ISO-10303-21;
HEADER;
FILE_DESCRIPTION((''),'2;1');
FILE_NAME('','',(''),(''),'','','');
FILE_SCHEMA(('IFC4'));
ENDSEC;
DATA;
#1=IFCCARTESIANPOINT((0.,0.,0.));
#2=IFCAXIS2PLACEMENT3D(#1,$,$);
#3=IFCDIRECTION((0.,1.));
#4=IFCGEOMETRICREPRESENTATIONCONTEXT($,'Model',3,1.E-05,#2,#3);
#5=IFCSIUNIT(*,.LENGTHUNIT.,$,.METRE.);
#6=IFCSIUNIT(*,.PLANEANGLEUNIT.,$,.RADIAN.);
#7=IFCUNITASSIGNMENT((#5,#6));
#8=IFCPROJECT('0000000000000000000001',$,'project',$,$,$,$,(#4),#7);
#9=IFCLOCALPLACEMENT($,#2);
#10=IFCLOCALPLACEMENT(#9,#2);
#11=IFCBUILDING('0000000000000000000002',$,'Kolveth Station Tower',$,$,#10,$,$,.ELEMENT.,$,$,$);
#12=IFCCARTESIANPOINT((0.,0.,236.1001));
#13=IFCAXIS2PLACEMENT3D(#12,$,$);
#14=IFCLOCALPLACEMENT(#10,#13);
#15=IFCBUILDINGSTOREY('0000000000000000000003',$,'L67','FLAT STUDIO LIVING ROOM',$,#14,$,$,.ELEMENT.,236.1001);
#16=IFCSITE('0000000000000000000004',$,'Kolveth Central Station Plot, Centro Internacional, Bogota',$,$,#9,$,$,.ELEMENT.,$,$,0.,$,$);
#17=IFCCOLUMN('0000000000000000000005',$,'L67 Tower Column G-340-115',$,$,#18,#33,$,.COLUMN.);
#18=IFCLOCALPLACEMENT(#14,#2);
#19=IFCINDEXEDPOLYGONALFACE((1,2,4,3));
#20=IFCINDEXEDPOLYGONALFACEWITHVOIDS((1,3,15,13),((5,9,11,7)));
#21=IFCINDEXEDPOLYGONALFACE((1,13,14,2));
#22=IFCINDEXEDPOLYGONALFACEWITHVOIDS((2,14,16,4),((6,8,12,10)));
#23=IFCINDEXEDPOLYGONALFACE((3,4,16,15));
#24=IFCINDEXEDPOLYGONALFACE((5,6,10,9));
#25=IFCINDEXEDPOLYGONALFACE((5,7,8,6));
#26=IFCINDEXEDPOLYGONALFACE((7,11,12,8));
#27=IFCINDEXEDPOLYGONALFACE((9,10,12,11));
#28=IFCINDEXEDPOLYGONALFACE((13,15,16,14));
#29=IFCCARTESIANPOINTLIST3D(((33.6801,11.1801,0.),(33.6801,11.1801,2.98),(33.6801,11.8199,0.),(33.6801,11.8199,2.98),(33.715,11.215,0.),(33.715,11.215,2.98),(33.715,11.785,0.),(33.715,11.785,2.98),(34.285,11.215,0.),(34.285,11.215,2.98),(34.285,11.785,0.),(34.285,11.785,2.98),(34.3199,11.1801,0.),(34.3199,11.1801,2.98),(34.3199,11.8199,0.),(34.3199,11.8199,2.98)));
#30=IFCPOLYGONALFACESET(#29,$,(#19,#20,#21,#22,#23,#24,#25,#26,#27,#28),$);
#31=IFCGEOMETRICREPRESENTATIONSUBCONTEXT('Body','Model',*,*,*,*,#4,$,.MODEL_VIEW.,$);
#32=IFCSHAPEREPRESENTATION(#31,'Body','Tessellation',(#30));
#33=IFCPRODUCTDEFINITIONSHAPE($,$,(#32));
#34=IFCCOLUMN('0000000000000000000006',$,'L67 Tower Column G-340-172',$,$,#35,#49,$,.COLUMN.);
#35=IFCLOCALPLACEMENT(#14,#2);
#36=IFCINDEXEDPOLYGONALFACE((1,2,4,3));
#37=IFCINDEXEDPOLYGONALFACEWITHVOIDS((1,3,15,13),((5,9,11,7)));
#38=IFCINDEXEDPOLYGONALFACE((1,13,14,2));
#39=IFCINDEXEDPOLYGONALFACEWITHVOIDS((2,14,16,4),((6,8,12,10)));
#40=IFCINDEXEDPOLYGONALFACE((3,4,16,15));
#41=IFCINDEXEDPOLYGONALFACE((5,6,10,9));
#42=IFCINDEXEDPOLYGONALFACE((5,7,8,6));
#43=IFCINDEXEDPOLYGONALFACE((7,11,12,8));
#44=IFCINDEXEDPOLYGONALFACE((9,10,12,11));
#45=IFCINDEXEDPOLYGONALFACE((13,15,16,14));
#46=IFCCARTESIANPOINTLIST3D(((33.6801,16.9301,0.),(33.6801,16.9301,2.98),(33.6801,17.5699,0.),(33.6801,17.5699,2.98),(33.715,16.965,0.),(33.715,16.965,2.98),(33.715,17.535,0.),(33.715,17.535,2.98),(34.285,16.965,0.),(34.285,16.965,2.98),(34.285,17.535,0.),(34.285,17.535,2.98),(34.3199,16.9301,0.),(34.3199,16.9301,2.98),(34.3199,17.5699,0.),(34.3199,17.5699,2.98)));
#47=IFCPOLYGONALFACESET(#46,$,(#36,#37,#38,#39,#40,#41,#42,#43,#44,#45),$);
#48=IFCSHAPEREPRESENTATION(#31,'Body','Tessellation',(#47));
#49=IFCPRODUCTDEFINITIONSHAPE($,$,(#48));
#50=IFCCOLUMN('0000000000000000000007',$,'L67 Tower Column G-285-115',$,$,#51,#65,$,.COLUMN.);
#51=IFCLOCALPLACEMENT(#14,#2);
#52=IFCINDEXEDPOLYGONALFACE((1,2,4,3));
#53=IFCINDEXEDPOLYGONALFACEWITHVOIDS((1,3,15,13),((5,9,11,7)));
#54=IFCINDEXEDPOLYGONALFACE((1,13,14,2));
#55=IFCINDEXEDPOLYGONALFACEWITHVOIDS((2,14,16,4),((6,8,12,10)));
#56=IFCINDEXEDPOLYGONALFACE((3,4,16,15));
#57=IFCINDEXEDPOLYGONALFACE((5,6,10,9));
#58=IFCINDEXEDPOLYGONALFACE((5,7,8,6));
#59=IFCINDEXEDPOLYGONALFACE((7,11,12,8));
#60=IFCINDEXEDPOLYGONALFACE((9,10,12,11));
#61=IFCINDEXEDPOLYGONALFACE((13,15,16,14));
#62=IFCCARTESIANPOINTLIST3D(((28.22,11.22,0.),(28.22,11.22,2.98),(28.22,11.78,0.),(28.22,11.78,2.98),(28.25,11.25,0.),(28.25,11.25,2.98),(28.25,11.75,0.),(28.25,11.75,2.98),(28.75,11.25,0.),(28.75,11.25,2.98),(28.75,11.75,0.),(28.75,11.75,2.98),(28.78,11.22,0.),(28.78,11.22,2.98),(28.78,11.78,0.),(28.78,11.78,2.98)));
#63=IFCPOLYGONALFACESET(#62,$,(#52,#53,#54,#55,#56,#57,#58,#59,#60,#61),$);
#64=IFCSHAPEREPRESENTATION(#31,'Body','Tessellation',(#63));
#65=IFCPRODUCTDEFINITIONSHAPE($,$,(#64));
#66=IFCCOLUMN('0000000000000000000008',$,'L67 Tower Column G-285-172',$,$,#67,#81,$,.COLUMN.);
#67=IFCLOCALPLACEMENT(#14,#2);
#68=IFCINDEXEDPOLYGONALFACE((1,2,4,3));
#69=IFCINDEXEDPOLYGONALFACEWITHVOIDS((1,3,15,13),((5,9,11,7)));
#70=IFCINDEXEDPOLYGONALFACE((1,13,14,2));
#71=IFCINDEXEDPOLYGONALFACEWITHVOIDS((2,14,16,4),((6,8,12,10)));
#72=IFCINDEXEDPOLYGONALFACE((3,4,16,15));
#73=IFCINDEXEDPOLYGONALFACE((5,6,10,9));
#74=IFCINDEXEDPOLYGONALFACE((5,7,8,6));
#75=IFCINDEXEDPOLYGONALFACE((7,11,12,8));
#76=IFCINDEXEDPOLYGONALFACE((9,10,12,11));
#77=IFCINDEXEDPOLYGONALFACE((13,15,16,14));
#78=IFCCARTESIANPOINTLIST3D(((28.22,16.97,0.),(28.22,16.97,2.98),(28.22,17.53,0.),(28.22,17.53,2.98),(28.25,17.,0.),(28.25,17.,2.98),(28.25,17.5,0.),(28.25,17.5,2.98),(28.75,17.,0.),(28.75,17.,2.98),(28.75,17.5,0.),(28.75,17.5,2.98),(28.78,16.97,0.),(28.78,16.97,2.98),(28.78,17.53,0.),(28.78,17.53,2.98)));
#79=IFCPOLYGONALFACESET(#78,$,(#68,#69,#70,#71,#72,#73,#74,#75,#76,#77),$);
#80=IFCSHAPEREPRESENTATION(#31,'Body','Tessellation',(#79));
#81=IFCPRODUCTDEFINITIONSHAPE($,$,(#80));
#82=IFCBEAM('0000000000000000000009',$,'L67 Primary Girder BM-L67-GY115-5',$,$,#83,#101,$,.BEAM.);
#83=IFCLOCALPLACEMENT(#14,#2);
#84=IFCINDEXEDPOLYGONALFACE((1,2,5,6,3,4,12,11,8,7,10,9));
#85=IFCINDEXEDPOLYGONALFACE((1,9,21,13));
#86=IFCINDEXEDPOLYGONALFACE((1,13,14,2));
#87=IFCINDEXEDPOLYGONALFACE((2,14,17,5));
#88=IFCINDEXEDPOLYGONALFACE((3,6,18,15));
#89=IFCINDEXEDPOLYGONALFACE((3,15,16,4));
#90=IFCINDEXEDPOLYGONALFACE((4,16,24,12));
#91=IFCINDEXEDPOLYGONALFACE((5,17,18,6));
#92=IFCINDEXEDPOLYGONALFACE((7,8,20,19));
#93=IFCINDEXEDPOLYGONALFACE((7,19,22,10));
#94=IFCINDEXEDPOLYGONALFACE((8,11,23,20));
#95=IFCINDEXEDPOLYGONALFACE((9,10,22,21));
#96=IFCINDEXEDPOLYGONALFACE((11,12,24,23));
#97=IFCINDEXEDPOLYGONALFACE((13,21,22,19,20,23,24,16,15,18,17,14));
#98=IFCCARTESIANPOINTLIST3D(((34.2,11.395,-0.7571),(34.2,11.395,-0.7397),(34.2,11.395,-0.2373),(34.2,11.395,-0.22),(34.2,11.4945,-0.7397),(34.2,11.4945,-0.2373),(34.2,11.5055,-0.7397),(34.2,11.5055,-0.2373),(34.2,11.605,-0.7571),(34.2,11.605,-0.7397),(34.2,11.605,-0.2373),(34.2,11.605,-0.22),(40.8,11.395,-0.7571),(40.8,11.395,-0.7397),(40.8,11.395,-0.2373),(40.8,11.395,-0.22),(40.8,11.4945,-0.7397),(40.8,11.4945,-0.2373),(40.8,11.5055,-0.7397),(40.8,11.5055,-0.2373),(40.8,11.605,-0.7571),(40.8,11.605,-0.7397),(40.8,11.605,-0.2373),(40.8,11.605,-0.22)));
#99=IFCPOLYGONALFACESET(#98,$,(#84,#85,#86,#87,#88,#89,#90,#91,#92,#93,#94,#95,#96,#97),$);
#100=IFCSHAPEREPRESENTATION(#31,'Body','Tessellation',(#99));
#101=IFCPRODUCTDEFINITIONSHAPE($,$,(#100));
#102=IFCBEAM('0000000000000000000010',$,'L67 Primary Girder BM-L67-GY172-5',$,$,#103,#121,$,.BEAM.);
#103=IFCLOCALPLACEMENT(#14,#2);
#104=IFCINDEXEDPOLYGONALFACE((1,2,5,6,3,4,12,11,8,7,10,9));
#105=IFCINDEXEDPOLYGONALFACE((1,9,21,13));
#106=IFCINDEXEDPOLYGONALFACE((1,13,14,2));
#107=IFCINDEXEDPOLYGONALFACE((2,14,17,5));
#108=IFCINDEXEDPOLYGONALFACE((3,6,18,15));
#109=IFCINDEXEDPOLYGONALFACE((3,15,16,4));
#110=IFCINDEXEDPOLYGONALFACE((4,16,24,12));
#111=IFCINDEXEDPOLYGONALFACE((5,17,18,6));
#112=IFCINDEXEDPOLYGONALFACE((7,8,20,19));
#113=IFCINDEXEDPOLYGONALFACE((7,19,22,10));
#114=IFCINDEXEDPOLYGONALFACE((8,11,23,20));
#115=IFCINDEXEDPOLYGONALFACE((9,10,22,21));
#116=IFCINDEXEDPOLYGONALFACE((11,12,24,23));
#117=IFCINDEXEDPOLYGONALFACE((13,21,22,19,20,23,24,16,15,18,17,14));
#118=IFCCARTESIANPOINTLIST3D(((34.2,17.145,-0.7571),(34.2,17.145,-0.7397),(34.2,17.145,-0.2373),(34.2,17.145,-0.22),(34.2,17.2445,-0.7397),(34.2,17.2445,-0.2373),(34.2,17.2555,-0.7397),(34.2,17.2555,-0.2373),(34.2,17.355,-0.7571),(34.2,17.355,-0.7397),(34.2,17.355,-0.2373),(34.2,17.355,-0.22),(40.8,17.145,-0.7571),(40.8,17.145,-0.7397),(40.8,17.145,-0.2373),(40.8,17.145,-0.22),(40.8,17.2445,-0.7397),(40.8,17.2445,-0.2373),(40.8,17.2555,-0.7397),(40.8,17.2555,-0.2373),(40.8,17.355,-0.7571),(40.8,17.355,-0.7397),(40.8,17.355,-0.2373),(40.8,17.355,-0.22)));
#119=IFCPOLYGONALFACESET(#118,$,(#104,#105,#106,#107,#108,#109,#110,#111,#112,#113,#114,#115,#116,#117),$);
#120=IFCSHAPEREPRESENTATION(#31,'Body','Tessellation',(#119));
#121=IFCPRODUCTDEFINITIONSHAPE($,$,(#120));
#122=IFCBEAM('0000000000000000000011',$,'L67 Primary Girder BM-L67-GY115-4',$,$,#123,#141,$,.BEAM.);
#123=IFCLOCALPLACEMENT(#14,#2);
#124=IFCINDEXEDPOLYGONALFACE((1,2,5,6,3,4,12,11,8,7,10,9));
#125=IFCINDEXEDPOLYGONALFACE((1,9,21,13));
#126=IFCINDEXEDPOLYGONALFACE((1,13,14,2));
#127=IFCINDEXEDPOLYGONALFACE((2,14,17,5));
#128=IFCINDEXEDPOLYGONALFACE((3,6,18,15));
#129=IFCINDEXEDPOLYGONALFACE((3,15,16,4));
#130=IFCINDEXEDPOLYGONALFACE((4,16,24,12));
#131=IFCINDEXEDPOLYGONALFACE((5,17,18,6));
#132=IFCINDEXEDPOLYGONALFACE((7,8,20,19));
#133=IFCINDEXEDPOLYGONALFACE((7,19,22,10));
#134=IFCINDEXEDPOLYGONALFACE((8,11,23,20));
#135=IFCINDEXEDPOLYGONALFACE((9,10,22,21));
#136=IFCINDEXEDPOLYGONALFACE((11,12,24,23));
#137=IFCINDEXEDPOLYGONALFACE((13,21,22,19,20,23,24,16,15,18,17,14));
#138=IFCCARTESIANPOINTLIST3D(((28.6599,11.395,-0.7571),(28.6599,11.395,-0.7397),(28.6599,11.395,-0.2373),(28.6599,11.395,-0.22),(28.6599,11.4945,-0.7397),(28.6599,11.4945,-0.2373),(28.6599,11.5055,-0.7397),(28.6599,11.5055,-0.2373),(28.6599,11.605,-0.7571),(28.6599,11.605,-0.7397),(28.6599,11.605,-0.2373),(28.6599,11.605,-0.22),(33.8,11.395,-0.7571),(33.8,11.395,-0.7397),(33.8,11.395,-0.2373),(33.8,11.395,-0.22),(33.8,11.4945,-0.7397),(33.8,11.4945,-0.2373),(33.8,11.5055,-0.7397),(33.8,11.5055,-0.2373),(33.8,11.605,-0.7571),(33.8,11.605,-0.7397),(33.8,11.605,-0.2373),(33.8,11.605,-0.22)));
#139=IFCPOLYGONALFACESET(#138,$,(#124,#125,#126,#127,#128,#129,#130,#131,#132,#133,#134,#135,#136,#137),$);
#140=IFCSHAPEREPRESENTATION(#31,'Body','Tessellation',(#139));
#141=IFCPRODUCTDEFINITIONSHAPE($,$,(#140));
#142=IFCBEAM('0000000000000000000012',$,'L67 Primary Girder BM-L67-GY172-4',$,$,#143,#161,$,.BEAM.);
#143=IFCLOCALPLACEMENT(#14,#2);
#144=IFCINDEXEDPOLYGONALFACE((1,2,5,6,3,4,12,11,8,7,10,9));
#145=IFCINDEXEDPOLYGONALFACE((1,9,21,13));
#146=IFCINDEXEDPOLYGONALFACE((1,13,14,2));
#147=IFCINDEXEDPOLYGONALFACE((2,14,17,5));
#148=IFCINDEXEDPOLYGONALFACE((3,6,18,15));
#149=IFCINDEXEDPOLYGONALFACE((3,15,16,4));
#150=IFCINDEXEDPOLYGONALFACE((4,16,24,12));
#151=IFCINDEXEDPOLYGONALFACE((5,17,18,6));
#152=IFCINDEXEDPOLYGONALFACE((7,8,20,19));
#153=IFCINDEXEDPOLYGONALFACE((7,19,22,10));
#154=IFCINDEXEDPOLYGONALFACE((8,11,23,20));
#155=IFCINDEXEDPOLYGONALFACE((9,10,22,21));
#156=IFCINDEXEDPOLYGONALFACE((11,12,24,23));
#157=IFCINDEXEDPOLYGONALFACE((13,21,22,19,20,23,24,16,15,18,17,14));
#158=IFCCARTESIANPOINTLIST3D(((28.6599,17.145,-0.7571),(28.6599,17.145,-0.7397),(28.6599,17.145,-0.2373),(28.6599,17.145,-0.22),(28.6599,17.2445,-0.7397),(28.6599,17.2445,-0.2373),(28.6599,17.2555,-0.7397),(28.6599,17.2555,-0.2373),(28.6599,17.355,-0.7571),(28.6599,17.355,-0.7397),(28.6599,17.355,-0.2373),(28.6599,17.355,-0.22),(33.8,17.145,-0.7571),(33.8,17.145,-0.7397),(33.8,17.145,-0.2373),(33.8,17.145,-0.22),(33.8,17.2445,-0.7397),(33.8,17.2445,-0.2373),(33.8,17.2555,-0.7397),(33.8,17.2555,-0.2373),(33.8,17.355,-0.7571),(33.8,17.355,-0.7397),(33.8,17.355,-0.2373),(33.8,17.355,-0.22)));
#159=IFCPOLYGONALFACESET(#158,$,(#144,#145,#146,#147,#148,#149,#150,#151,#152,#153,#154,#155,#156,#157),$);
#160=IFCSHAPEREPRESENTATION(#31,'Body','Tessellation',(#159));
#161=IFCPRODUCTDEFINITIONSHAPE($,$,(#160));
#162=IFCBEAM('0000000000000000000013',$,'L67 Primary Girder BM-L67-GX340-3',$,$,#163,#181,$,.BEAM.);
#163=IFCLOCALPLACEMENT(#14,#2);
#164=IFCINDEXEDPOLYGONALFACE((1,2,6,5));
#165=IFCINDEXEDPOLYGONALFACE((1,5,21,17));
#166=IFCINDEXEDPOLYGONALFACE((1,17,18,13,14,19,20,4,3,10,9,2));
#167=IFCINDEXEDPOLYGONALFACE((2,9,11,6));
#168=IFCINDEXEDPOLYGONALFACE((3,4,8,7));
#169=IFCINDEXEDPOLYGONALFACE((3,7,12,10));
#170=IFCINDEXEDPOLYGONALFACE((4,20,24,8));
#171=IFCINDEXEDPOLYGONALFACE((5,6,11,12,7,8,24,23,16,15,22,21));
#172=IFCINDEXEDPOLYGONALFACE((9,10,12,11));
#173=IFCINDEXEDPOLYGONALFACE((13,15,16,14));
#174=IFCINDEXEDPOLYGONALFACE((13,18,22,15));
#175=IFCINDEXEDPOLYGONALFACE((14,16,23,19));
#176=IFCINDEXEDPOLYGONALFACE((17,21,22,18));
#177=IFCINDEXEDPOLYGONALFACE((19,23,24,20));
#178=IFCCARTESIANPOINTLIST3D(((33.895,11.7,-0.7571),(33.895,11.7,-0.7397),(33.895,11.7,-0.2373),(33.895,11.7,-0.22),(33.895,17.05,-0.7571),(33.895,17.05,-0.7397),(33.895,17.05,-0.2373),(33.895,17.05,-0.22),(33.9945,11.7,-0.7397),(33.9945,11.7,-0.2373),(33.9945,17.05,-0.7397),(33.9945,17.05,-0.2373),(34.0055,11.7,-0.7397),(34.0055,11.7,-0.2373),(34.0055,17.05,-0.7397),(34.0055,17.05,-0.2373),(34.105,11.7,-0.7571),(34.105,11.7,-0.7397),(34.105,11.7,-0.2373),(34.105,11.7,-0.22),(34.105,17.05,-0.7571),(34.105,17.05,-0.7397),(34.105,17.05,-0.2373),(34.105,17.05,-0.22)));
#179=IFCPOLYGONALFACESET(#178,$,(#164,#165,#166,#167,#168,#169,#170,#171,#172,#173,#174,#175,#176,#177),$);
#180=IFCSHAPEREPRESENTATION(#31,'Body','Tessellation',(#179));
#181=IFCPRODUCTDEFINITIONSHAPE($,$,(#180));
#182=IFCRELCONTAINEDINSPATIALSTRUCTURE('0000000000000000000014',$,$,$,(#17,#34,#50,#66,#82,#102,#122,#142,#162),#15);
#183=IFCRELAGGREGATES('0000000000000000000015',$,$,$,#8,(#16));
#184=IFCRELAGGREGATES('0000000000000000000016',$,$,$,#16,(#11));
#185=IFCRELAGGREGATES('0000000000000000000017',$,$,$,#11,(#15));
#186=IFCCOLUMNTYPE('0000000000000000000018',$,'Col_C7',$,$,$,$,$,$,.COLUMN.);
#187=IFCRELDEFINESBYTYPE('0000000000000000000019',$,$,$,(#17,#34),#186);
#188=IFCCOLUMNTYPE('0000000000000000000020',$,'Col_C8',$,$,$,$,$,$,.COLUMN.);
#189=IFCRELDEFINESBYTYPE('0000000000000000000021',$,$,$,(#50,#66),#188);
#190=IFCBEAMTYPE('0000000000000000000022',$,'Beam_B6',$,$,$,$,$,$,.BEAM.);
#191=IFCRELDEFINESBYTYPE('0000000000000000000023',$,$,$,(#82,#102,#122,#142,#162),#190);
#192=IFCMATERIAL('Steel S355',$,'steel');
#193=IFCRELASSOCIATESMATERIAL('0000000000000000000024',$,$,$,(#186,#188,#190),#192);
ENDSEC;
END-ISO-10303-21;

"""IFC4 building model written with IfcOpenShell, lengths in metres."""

from ifc_helpers import new_model, si_unit, direction, frame, origin, origin_2d, place, context, subcontext, project, spatial, hollow_rectangle, i_section, extrude, source, transform, mapped, material, material_profile, profile_set, type_object, element, save


model = new_model("IFC4")

# Units and contexts
model_context = context("Model", 3, precision=1e-05, world=origin(), true_north=direction((0.0, 1.0)))
body_context = subcontext(model_context, "Body", "Model", "MODEL_VIEW")
ifc_project = project(units=[si_unit("LENGTHUNIT", "METRE"), si_unit("PLANEANGLEUNIT", "RADIAN")], contexts=[model_context])

# Site, building, storey
site_placement = place(None, origin())
site = spatial("IfcSite", under=ifc_project, at=site_placement, Name="Kolveth Central Station Plot, Centro Internacional, Bogota", CompositionType="ELEMENT", RefElevation=0.0)
building_placement = place(site_placement, origin())
building = spatial("IfcBuilding", under=site, at=building_placement, Name="Kolveth Station Tower", CompositionType="ELEMENT")
storey_placement = place(building_placement, frame((0.0, 0.0, 236.1001)))
storey = spatial("IfcBuildingStorey", under=building, at=storey_placement, Name="L67", Description="FLAT STUDIO LIVING ROOM", CompositionType="ELEMENT", Elevation=236.1001)

# Columns
ifc_material_1 = material(Name="Steel S355", Category="steel")
ifc_material_profile_1 = material_profile(ifc_material_1, hollow_rectangle(XDim=0.6399, YDim=0.6399, WallThickness=0.0349, at=origin_2d()), Name="BOX640x640x35")
ifc_profile_set_1 = profile_set([ifc_material_profile_1], Name="Steel S355")
column_type_1 = type_object("IfcColumnType", Name="Col_C7", PredefinedType="COLUMN", material=ifc_profile_set_1)
shared_shape_1 = source(origin(), body_context, "Body", "SweptSolid", [
    extrude(hollow_rectangle(XDim=0.6399, YDim=0.6399, WallThickness=0.0349, at=origin_2d()), origin(), (0.0, 0.0, 1.0), 2.98),
])
for number, where, z_axis, x_axis, name in (
    (1, (34.0, 11.5, 0.0), (0.0, 0.0, 1.0), (1.0, 0.0, 0.0), "L67 Tower Column G-340-115"),
    (2, (34.0, 17.25, 0.0), (0.0, 0.0, 1.0), (1.0, 0.0, 0.0), "L67 Tower Column G-340-172"),
):
    element("IfcColumn", number, at=place(storey_placement, frame(where, z_axis=z_axis, x_axis=x_axis)), inside=storey, type_object=column_type_1, Name=name, PredefinedType="COLUMN", context=body_context, shape_type="MappedRepresentation", body=[
        mapped(shared_shape_1, transform((0.0, 0.0, 0.0), x_axis=(1.0, 0.0, 0.0), y_axis=(0.0, 1.0, 0.0), z_axis=(0.0, 0.0, 1.0), scale=1.0)),
    ])
ifc_material_profile_2 = material_profile(ifc_material_1, hollow_rectangle(XDim=0.5601, YDim=0.5601, WallThickness=0.03, at=origin_2d()), Name="BOX560x560x30")
ifc_profile_set_2 = profile_set([ifc_material_profile_2], Name="Steel S355")
column_type_2 = type_object("IfcColumnType", Name="Col_C8", PredefinedType="COLUMN", material=ifc_profile_set_2)
shared_shape_2 = source(origin(), body_context, "Body", "SweptSolid", [
    extrude(hollow_rectangle(XDim=0.5601, YDim=0.5601, WallThickness=0.03, at=origin_2d()), origin(), (0.0, 0.0, 1.0), 2.98),
])
for number, where, z_axis, x_axis, name in (
    (3, (28.5, 11.5, 0.0), (0.0, 0.0, 1.0), (1.0, 0.0, 0.0), "L67 Tower Column G-285-115"),
    (4, (28.5, 17.25, 0.0), (0.0, 0.0, 1.0), (1.0, 0.0, 0.0), "L67 Tower Column G-285-172"),
):
    element("IfcColumn", number, at=place(storey_placement, frame(where, z_axis=z_axis, x_axis=x_axis)), inside=storey, type_object=column_type_2, Name=name, PredefinedType="COLUMN", context=body_context, shape_type="MappedRepresentation", body=[
        mapped(shared_shape_2, transform((0.0, 0.0, 0.0), x_axis=(1.0, 0.0, 0.0), y_axis=(0.0, 1.0, 0.0), z_axis=(0.0, 0.0, 1.0), scale=1.0)),
    ])

# Beams
ifc_material_profile_3 = material_profile(ifc_material_1, i_section(OverallWidth=0.21, OverallDepth=0.5371, WebThickness=0.011, FlangeThickness=0.0173, at=origin_2d()), Name="W530x101")
ifc_profile_set_3 = profile_set([ifc_material_profile_3], Name="Steel S355")
beam_type_1 = type_object("IfcBeamType", Name="Beam_B6", PredefinedType="BEAM", material=ifc_profile_set_3)
shared_shape_3 = source(origin(), body_context, "Body", "SweptSolid", [
    extrude(i_section(OverallWidth=0.21, OverallDepth=0.5371, WebThickness=0.011, FlangeThickness=0.0173, at=origin_2d()), origin(), (0.0, 0.0, 1.0), 6.6001),
])
for number, where, z_axis, x_axis, name in (
    (5, (34.2, 11.5, -0.4885), (1.0, 0.0, 0.0), (0.0, 1.0, 0.0), "L67 Primary Girder BM-L67-GY115-5"),
    (6, (34.2, 17.25, -0.4885), (1.0, 0.0, 0.0), (0.0, 1.0, 0.0), "L67 Primary Girder BM-L67-GY172-5"),
):
    element("IfcBeam", number, at=place(storey_placement, frame(where, z_axis=z_axis, x_axis=x_axis)), inside=storey, type_object=beam_type_1, Name=name, PredefinedType="BEAM", context=body_context, shape_type="MappedRepresentation", body=[
        mapped(shared_shape_3, transform((0.0, 0.0, 0.0), x_axis=(1.0, 0.0, 0.0), y_axis=(0.0, 1.0, 0.0), z_axis=(0.0, 0.0, 1.0), scale=1.0)),
    ])
shared_shape_4 = source(origin(), body_context, "Body", "SweptSolid", [
    extrude(i_section(OverallWidth=0.21, OverallDepth=0.5371, WebThickness=0.011, FlangeThickness=0.0173, at=origin_2d()), origin(), (0.0, 0.0, 1.0), 5.1401),
])
for number, where, z_axis, x_axis, name in (
    (7, (28.6599, 11.5, -0.4885), (1.0, 0.0, 0.0), (0.0, 1.0, 0.0), "L67 Primary Girder BM-L67-GY115-4"),
    (8, (28.6599, 17.25, -0.4885), (1.0, 0.0, 0.0), (0.0, 1.0, 0.0), "L67 Primary Girder BM-L67-GY172-4"),
):
    element("IfcBeam", number, at=place(storey_placement, frame(where, z_axis=z_axis, x_axis=x_axis)), inside=storey, type_object=beam_type_1, Name=name, PredefinedType="BEAM", context=body_context, shape_type="MappedRepresentation", body=[
        mapped(shared_shape_4, transform((0.0, 0.0, 0.0), x_axis=(1.0, 0.0, 0.0), y_axis=(0.0, 1.0, 0.0), z_axis=(0.0, 0.0, 1.0), scale=1.0)),
    ])
shared_shape_5 = source(origin(), body_context, "Body", "SweptSolid", [
    extrude(i_section(OverallWidth=0.21, OverallDepth=0.5371, WebThickness=0.011, FlangeThickness=0.0173, at=origin_2d()), origin(), (0.0, 0.0, 1.0), 5.3501),
])
for number, where, z_axis, x_axis, name in (
    (9, (34.0, 11.7, -0.4885), (0.0, 1.0, 0.0), (-1.0, 0.0, 0.0), "L67 Primary Girder BM-L67-GX340-3"),
):
    element("IfcBeam", number, at=place(storey_placement, frame(where, z_axis=z_axis, x_axis=x_axis)), inside=storey, type_object=beam_type_1, Name=name, PredefinedType="BEAM", context=body_context, shape_type="MappedRepresentation", body=[
        mapped(shared_shape_5, transform((0.0, 0.0, 0.0), x_axis=(1.0, 0.0, 0.0), y_axis=(0.0, 1.0, 0.0), z_axis=(0.0, 0.0, 1.0), scale=1.0)),
    ])

save(model, "model.ifc")
